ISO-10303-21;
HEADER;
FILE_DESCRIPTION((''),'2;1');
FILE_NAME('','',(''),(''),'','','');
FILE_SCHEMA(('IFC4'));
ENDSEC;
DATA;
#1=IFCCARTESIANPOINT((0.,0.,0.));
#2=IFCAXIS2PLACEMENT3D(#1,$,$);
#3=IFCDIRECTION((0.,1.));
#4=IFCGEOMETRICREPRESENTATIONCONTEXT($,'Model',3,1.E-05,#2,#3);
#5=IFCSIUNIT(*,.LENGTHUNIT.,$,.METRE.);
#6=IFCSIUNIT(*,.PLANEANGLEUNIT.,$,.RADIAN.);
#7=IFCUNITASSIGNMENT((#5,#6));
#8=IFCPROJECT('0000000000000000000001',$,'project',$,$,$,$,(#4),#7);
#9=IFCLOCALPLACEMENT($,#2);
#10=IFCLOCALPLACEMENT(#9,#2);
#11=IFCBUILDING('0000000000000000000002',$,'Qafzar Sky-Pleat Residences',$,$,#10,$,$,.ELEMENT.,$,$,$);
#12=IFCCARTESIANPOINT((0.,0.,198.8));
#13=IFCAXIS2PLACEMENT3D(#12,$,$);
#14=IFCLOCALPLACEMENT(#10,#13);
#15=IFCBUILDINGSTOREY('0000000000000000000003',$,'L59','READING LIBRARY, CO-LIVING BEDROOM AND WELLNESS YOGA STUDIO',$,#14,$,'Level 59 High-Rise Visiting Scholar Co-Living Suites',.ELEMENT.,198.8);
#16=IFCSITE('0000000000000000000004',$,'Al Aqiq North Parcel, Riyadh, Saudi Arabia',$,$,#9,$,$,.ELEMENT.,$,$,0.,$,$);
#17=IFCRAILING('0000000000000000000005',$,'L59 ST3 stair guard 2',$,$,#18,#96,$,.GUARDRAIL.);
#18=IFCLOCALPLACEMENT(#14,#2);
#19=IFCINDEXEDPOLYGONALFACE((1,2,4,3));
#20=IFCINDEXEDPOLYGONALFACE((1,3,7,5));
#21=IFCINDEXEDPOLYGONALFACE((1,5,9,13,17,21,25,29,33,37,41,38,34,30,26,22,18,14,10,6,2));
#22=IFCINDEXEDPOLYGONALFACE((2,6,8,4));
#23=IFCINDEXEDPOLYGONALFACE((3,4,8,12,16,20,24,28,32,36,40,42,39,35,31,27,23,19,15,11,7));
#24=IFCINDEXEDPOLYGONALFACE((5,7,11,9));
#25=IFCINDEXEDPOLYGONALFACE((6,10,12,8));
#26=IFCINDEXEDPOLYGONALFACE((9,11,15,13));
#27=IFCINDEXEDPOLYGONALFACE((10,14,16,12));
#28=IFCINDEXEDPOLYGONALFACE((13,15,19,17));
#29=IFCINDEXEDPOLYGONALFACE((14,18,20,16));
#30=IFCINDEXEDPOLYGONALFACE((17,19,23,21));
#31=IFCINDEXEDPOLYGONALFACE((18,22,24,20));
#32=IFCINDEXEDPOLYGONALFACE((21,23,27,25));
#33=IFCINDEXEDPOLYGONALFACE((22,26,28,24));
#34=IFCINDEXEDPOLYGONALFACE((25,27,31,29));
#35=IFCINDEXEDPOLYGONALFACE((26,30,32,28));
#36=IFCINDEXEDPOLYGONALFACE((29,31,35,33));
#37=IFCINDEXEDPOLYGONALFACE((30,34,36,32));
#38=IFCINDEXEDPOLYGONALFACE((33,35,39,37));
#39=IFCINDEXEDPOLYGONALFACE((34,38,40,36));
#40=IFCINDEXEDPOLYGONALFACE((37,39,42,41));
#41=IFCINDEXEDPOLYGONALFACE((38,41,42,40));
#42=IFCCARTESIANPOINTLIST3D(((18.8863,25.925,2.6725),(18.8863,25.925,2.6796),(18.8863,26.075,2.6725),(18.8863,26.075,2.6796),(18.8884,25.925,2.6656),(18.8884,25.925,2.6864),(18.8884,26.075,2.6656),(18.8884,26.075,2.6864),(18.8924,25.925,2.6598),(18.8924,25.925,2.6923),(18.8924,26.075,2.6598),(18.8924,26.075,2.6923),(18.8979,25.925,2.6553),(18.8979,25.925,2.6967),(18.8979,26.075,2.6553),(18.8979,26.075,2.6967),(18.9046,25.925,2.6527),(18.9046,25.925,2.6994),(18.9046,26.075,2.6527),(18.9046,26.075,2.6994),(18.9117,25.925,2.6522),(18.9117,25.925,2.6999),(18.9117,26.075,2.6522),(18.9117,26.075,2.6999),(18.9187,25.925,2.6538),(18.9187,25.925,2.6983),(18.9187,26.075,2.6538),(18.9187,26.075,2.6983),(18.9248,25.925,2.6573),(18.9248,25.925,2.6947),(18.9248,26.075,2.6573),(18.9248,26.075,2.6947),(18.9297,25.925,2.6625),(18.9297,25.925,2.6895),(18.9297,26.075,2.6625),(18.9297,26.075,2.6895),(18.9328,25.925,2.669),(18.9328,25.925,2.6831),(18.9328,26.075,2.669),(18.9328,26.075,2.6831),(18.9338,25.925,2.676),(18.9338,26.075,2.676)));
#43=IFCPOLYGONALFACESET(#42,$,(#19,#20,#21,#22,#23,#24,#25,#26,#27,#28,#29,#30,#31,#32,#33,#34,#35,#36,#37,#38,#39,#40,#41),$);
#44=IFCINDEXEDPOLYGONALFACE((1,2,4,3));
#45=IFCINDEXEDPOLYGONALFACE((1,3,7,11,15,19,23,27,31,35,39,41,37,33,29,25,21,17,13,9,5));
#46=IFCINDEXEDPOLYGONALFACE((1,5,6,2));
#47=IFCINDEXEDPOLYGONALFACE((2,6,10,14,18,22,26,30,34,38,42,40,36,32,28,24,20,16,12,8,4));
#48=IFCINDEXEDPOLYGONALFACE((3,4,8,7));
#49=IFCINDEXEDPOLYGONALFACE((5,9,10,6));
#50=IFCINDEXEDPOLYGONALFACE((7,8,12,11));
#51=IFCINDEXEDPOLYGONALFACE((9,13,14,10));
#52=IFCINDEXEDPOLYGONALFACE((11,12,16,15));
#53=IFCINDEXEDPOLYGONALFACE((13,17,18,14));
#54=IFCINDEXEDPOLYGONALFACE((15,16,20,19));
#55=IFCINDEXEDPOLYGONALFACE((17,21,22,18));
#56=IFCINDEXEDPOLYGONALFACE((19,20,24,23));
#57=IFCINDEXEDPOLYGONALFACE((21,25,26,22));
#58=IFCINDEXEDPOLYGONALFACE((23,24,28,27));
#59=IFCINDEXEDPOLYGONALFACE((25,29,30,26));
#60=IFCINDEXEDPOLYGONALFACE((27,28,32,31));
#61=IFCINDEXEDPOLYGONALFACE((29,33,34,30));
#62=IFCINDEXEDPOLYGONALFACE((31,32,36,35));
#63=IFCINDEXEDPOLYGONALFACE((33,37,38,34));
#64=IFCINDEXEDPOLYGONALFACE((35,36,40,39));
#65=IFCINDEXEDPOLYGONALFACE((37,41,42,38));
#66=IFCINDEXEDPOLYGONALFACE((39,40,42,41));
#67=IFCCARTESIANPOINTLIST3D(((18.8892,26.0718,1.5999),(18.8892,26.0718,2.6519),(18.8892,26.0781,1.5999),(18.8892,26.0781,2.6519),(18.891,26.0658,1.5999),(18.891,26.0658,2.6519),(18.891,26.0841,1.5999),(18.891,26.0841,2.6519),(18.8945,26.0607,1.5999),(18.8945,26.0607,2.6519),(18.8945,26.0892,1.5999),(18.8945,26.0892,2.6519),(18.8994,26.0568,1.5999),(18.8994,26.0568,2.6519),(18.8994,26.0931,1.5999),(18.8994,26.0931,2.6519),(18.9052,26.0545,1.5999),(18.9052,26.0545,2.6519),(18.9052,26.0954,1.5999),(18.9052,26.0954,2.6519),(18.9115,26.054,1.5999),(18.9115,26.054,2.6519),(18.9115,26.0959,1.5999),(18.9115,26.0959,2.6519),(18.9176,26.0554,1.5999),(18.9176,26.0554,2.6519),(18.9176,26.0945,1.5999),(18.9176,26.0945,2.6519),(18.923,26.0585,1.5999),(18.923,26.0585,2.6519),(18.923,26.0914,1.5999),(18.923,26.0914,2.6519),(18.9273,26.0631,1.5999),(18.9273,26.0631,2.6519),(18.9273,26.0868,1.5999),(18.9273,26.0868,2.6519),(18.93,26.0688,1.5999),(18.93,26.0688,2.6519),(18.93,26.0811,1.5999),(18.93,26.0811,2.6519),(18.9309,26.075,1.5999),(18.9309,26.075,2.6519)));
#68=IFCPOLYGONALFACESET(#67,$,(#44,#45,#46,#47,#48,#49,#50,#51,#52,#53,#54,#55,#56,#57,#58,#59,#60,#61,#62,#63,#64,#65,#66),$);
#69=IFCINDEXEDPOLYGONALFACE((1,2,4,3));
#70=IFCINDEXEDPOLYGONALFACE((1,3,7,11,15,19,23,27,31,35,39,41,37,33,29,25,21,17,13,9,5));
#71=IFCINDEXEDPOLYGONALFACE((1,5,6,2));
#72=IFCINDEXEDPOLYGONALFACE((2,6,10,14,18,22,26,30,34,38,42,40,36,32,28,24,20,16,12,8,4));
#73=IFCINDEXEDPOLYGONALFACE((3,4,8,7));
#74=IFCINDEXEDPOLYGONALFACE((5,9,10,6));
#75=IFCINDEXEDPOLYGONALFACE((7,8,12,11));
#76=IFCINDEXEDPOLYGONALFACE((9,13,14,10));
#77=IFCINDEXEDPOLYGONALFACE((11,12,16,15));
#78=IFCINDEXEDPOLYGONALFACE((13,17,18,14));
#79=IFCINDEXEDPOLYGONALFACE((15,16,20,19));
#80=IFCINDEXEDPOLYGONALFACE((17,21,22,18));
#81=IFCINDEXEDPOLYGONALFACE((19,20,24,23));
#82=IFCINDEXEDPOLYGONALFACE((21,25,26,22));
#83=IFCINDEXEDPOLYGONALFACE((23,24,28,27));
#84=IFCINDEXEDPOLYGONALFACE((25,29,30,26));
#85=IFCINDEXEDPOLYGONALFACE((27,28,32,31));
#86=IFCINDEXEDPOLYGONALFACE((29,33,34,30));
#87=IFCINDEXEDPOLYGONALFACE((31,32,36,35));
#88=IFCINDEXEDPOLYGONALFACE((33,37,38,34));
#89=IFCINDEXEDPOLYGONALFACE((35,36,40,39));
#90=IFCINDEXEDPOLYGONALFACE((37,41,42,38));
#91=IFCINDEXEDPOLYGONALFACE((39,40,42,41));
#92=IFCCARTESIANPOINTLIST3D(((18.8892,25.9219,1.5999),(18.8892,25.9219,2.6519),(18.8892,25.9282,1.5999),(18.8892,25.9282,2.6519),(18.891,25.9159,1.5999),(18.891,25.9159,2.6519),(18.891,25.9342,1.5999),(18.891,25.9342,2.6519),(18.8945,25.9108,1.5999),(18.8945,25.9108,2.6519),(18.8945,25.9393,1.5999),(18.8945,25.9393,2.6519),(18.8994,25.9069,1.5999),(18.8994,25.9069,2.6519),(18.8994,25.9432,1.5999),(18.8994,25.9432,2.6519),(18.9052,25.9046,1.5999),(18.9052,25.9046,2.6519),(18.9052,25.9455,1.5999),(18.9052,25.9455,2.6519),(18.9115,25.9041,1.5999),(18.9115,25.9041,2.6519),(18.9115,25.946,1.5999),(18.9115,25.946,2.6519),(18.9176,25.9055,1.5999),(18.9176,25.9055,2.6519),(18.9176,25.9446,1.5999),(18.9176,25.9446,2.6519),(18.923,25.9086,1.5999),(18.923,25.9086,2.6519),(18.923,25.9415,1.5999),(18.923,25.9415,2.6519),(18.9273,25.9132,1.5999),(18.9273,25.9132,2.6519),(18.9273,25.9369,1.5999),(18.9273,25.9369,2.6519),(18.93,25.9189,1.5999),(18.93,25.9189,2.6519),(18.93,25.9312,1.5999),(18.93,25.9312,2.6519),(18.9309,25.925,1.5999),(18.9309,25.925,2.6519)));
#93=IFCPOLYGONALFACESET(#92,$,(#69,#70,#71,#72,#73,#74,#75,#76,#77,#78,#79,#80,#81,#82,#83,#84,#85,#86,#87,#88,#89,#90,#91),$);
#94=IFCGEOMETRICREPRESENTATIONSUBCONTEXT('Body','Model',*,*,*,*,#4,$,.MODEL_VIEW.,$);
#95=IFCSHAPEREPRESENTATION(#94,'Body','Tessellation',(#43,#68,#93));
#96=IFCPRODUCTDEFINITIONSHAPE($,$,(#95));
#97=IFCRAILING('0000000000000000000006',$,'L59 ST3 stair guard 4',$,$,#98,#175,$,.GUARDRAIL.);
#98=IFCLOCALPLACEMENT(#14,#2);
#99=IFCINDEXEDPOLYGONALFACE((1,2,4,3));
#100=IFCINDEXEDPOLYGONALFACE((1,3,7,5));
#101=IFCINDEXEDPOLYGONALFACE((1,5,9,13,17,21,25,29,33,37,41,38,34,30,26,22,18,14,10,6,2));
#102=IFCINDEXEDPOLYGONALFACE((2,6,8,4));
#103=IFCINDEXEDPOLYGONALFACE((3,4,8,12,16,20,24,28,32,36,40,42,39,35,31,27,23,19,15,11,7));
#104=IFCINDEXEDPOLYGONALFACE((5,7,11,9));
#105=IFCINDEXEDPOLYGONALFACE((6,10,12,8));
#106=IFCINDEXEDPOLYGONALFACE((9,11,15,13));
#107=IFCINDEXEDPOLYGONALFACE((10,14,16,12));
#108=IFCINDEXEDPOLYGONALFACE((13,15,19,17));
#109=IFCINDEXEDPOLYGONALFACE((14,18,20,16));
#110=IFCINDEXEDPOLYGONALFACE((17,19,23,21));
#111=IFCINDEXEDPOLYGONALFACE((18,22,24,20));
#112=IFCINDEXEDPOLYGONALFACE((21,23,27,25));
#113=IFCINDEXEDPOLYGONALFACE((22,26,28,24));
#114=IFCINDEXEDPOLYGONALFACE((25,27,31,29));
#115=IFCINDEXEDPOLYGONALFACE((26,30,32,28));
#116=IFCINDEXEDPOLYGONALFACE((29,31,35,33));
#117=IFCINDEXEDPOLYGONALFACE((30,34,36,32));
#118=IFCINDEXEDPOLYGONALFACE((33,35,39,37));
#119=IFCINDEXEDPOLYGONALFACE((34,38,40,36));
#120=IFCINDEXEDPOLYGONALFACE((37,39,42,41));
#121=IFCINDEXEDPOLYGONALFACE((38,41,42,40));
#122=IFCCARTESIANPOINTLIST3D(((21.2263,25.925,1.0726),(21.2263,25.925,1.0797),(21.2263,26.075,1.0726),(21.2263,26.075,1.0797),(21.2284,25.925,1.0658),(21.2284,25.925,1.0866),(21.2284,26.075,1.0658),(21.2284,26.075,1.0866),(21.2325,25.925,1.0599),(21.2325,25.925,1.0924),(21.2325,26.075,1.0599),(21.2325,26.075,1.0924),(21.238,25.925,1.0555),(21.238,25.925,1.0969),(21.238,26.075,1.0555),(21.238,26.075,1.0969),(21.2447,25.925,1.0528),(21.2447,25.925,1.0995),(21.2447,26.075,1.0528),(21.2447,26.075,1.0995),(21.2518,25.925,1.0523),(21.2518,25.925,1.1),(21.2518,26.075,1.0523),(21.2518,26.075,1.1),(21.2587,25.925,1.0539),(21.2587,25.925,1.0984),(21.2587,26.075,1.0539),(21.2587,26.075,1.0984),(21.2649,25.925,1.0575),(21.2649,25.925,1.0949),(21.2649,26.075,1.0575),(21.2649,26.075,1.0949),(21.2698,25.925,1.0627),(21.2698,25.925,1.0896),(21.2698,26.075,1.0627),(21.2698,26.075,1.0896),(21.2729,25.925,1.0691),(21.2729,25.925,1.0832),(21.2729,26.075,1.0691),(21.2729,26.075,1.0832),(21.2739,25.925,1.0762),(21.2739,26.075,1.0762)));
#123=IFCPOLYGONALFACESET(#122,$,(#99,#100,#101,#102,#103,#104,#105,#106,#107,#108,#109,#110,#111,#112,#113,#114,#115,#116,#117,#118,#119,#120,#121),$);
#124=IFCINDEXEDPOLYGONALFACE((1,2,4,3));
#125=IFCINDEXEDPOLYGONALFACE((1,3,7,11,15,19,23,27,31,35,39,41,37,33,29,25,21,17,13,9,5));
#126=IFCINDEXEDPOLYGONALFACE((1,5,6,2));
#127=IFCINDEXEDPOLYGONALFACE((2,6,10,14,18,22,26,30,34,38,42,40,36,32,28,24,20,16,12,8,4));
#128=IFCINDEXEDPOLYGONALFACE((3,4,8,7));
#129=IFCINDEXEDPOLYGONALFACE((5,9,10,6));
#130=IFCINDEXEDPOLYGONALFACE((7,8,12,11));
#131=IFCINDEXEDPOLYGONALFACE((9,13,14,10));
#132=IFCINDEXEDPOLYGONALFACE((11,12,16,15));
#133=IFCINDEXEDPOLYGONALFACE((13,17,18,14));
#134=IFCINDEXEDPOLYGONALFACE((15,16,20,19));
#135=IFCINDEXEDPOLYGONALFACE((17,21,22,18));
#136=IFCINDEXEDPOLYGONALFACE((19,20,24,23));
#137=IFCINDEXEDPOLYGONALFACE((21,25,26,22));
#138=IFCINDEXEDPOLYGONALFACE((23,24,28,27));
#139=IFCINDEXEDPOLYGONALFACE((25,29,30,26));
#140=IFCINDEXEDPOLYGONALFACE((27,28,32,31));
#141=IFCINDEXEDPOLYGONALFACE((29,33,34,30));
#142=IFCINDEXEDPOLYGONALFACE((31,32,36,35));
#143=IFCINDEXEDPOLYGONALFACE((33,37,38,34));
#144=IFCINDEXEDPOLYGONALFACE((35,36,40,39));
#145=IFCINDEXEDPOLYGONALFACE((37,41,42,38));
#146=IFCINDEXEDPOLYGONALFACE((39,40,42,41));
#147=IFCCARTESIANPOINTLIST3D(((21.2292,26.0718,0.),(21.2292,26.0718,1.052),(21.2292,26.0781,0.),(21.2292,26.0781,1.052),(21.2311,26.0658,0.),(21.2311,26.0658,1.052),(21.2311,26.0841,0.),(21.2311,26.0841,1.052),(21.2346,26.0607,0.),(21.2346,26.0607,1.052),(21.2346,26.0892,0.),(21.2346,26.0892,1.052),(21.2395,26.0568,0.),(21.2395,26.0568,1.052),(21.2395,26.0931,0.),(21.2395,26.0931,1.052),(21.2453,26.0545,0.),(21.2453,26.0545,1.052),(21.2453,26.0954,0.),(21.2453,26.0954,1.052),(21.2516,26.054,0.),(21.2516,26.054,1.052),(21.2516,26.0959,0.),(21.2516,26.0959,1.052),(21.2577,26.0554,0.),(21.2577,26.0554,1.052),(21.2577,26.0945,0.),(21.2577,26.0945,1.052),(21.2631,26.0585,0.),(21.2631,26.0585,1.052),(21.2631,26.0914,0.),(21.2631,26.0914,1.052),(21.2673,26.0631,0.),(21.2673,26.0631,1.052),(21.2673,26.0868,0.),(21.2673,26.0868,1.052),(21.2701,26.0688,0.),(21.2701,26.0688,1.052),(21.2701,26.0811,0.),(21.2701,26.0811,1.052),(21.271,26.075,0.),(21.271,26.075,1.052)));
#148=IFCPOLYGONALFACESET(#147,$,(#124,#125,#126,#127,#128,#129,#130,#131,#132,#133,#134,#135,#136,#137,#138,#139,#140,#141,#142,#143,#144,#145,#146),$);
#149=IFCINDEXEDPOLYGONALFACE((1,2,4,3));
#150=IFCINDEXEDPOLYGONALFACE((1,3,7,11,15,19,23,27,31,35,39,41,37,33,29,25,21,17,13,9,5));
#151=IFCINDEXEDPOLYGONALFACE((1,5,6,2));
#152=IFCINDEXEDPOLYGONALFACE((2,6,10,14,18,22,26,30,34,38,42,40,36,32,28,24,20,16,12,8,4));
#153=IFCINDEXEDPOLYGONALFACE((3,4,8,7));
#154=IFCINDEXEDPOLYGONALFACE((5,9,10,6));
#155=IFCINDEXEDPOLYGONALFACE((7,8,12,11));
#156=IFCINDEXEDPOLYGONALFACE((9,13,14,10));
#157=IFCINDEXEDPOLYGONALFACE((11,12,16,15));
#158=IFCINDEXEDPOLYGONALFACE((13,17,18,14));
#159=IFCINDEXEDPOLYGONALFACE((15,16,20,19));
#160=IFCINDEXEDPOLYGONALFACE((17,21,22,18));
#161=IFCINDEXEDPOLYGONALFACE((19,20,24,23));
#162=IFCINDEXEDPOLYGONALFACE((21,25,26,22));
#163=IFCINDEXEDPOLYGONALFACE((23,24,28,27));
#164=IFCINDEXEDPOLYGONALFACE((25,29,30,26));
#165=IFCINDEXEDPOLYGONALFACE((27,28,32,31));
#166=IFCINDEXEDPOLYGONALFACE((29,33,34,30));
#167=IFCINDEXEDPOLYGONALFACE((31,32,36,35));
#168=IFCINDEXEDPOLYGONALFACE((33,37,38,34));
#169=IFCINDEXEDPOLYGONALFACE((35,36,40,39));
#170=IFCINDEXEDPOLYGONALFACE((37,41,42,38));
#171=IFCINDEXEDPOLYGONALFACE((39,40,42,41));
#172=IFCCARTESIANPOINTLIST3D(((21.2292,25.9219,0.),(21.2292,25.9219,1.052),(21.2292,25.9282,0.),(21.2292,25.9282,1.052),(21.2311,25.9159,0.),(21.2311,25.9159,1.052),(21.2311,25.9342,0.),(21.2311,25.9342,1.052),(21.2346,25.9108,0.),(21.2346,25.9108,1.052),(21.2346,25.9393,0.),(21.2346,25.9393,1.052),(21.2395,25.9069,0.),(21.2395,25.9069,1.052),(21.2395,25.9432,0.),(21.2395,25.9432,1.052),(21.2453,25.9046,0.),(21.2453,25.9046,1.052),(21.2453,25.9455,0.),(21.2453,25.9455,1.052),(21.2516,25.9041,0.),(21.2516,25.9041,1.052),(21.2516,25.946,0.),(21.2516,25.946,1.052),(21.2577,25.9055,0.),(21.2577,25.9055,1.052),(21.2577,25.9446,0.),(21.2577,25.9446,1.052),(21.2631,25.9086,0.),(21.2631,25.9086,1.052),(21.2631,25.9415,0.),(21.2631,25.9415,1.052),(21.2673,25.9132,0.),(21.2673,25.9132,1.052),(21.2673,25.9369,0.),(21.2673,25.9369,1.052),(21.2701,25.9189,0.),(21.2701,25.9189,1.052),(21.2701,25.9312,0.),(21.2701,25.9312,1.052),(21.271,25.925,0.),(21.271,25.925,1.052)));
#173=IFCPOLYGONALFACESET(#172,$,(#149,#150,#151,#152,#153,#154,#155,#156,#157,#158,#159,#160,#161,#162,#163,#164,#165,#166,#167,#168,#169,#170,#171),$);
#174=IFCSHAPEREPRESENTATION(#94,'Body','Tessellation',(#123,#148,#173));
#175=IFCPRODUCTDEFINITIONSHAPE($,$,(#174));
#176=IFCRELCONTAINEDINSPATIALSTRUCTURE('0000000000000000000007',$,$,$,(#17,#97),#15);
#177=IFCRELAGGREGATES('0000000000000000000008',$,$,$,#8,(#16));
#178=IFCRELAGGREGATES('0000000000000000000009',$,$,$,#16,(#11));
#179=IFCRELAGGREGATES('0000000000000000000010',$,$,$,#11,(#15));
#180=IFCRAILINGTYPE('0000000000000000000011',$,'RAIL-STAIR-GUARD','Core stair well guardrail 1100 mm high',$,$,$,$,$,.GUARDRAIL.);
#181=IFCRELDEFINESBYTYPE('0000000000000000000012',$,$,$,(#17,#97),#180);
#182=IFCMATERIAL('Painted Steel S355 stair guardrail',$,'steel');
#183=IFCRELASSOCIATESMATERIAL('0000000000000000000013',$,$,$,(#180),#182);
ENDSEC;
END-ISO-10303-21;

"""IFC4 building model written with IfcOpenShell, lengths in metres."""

from ifc_helpers import new_model, si_unit, direction, frame, origin, origin_2d, place, context, subcontext, project, spatial, circle, extrude, source, transform, mapped, material, type_object, element, save


model = new_model("IFC4")

# Units and contexts
model_context = context("Model", 3, precision=1e-05, world=origin(), true_north=direction((0.0, 1.0)))
body_context = subcontext(model_context, "Body", "Model", "MODEL_VIEW")
ifc_project = project(units=[si_unit("LENGTHUNIT", "METRE"), si_unit("PLANEANGLEUNIT", "RADIAN")], contexts=[model_context])

# Site, building, storey
site_placement = place(None, origin())
site = spatial("IfcSite", under=ifc_project, at=site_placement, Name="Al Aqiq North Parcel, Riyadh, Saudi Arabia", CompositionType="ELEMENT", RefElevation=0.0)
building_placement = place(site_placement, origin())
building = spatial("IfcBuilding", under=site, at=building_placement, Name="Qafzar Sky-Pleat Residences", CompositionType="ELEMENT")
storey_placement = place(building_placement, frame((0.0, 0.0, 198.8)))
storey = spatial("IfcBuildingStorey", under=building, at=storey_placement, Name="L59", Description="READING LIBRARY, CO-LIVING BEDROOM AND WELLNESS YOGA STUDIO", LongName="Level 59 High-Rise Visiting Scholar Co-Living Suites", CompositionType="ELEMENT", Elevation=198.8)

# Railings
ifc_material_1 = material(Name="Painted Steel S355 stair guardrail", Category="steel")
railing_type_1 = type_object("IfcRailingType", Name="RAIL-STAIR-GUARD", Description="Core stair well guardrail 1100 mm high", PredefinedType="GUARDRAIL", material=ifc_material_1)
shared_shape_1 = source(origin(), body_context, "Body", "SweptSolid", [
    extrude(circle(Radius=0.0239, at=origin_2d()), frame((0.0, 0.0, 1.0762), z_axis=(0.0, -1.0, 0.0), x_axis=(1.0, 0.0, 0.0)), (0.0, 0.0, 1.0), 0.1499),
    extrude(circle(Radius=0.021, at=origin_2d()), origin(), (0.0, 0.0, 1.0), 1.052),
    extrude(circle(Radius=0.021, at=origin_2d()), frame((0.0, -0.1499, 0.0)), (0.0, 0.0, 1.0), 1.052),
])
for number, where, name in (
    (1, (18.9099, 26.075, 1.5999), "L59 ST3 stair guard 2"),
    (2, (21.25, 26.075, 0.0), "L59 ST3 stair guard 4"),
):
    element("IfcRailing", number, at=place(storey_placement, frame(where)), inside=storey, type_object=railing_type_1, Name=name, PredefinedType="GUARDRAIL", context=body_context, shape_type="MappedRepresentation", body=[
        mapped(shared_shape_1, transform((0.0, 0.0, 0.0), x_axis=(1.0, 0.0, 0.0), y_axis=(0.0, 1.0, 0.0), z_axis=(0.0, 0.0, 1.0), scale=1.0)),
    ])

save(model, "model.ifc")
